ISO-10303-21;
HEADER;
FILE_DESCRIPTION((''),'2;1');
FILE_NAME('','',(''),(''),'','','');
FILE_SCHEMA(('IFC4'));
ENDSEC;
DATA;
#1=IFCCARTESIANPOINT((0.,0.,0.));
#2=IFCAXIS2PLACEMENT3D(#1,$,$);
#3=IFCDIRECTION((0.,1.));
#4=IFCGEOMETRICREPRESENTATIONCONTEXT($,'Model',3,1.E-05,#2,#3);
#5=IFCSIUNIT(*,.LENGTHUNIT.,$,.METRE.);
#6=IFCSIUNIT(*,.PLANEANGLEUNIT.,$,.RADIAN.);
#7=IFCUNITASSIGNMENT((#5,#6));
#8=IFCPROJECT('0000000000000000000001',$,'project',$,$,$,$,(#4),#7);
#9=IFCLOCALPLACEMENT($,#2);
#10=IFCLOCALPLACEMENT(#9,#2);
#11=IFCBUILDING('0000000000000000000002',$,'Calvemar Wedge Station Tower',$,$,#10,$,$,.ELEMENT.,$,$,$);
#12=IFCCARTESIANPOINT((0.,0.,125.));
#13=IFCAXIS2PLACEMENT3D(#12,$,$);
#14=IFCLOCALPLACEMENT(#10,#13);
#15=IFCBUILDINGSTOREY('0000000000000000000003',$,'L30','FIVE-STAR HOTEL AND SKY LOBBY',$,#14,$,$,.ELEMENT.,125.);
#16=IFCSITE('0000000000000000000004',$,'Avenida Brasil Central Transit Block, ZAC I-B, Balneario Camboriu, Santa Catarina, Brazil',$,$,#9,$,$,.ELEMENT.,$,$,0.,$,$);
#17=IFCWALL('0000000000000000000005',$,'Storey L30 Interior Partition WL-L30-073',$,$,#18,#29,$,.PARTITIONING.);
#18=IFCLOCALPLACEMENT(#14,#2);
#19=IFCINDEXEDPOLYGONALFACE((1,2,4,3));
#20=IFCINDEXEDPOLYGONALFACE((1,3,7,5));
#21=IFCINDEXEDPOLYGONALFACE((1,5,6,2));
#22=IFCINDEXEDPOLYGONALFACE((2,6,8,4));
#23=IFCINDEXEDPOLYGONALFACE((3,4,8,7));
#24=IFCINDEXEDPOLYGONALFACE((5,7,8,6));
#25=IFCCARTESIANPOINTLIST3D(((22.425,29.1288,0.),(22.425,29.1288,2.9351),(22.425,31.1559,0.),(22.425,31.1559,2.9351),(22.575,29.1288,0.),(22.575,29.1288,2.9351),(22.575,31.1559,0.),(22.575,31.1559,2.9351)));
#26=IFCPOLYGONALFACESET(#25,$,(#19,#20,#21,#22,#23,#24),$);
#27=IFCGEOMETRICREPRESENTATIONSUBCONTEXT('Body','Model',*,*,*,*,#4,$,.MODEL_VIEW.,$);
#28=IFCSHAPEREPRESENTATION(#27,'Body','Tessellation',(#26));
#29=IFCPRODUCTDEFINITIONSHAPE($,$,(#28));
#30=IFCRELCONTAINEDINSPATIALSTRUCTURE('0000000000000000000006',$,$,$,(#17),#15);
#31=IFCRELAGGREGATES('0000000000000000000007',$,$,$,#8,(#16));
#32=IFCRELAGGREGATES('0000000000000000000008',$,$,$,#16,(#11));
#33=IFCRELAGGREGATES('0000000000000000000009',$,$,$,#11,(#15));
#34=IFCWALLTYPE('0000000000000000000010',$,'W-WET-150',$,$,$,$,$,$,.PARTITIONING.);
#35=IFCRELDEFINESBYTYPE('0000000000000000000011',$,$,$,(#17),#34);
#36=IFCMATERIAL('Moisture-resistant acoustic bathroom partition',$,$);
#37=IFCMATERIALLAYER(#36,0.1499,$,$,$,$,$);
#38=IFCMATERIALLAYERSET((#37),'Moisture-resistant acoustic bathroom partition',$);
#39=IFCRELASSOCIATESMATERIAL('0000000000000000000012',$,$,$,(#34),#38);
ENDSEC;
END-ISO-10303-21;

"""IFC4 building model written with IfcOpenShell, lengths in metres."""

from ifc_helpers import new_model, si_unit, direction, frame, frame_2d, origin, place, context, subcontext, project, spatial, rectangle, extrude, material, layer, layer_set, type_object, element, save


model = new_model("IFC4")

# Units and contexts
model_context = context("Model", 3, precision=1e-05, world=origin(), true_north=direction((0.0, 1.0)))
body_context = subcontext(model_context, "Body", "Model", "MODEL_VIEW")
ifc_project = project(units=[si_unit("LENGTHUNIT", "METRE"), si_unit("PLANEANGLEUNIT", "RADIAN")], contexts=[model_context])

# Site, building, storey
site_placement = place(None, origin())
site = spatial("IfcSite", under=ifc_project, at=site_placement, Name="Avenida Brasil Central Transit Block, ZAC I-B, Balneario Camboriu, Santa Catarina, Brazil", CompositionType="ELEMENT", RefElevation=0.0)
building_placement = place(site_placement, origin())
building = spatial("IfcBuilding", under=site, at=building_placement, Name="Calvemar Wedge Station Tower", CompositionType="ELEMENT")
storey_placement = place(building_placement, frame((0.0, 0.0, 125.0)))
storey = spatial("IfcBuildingStorey", under=building, at=storey_placement, Name="L30", Description="FIVE-STAR HOTEL AND SKY LOBBY", CompositionType="ELEMENT", Elevation=125.0)

# Shared definitions
ifc_material_1 = material(Name="Moisture-resistant acoustic bathroom partition")
ifc_layer_1 = layer(ifc_material_1, 0.1499)
ifc_layer_set_1 = layer_set([ifc_layer_1], Name="Moisture-resistant acoustic bathroom partition")
wall_type_1 = type_object("IfcWallType", Name="W-WET-150", PredefinedType="PARTITIONING", material=ifc_layer_set_1)

# Wall
wall_1_placement = place(storey_placement, frame((22.5, 31.156, 0.0), z_axis=(0.0, 0.0, 1.0), x_axis=(0.0, -1.0, 0.0)))
element("IfcWall", 1, at=wall_1_placement, inside=storey, type_object=wall_type_1, Name="Storey L30 Interior Partition WL-L30-073", PredefinedType="PARTITIONING", context=body_context, shape_type="SweptSolid", body=[
    extrude(rectangle(XDim=2.0271, YDim=0.1499, at=frame_2d((1.0137, 0.0))), origin(), (0.0, 0.0, 1.0), 2.9351),
])

save(model, "model.ifc")
